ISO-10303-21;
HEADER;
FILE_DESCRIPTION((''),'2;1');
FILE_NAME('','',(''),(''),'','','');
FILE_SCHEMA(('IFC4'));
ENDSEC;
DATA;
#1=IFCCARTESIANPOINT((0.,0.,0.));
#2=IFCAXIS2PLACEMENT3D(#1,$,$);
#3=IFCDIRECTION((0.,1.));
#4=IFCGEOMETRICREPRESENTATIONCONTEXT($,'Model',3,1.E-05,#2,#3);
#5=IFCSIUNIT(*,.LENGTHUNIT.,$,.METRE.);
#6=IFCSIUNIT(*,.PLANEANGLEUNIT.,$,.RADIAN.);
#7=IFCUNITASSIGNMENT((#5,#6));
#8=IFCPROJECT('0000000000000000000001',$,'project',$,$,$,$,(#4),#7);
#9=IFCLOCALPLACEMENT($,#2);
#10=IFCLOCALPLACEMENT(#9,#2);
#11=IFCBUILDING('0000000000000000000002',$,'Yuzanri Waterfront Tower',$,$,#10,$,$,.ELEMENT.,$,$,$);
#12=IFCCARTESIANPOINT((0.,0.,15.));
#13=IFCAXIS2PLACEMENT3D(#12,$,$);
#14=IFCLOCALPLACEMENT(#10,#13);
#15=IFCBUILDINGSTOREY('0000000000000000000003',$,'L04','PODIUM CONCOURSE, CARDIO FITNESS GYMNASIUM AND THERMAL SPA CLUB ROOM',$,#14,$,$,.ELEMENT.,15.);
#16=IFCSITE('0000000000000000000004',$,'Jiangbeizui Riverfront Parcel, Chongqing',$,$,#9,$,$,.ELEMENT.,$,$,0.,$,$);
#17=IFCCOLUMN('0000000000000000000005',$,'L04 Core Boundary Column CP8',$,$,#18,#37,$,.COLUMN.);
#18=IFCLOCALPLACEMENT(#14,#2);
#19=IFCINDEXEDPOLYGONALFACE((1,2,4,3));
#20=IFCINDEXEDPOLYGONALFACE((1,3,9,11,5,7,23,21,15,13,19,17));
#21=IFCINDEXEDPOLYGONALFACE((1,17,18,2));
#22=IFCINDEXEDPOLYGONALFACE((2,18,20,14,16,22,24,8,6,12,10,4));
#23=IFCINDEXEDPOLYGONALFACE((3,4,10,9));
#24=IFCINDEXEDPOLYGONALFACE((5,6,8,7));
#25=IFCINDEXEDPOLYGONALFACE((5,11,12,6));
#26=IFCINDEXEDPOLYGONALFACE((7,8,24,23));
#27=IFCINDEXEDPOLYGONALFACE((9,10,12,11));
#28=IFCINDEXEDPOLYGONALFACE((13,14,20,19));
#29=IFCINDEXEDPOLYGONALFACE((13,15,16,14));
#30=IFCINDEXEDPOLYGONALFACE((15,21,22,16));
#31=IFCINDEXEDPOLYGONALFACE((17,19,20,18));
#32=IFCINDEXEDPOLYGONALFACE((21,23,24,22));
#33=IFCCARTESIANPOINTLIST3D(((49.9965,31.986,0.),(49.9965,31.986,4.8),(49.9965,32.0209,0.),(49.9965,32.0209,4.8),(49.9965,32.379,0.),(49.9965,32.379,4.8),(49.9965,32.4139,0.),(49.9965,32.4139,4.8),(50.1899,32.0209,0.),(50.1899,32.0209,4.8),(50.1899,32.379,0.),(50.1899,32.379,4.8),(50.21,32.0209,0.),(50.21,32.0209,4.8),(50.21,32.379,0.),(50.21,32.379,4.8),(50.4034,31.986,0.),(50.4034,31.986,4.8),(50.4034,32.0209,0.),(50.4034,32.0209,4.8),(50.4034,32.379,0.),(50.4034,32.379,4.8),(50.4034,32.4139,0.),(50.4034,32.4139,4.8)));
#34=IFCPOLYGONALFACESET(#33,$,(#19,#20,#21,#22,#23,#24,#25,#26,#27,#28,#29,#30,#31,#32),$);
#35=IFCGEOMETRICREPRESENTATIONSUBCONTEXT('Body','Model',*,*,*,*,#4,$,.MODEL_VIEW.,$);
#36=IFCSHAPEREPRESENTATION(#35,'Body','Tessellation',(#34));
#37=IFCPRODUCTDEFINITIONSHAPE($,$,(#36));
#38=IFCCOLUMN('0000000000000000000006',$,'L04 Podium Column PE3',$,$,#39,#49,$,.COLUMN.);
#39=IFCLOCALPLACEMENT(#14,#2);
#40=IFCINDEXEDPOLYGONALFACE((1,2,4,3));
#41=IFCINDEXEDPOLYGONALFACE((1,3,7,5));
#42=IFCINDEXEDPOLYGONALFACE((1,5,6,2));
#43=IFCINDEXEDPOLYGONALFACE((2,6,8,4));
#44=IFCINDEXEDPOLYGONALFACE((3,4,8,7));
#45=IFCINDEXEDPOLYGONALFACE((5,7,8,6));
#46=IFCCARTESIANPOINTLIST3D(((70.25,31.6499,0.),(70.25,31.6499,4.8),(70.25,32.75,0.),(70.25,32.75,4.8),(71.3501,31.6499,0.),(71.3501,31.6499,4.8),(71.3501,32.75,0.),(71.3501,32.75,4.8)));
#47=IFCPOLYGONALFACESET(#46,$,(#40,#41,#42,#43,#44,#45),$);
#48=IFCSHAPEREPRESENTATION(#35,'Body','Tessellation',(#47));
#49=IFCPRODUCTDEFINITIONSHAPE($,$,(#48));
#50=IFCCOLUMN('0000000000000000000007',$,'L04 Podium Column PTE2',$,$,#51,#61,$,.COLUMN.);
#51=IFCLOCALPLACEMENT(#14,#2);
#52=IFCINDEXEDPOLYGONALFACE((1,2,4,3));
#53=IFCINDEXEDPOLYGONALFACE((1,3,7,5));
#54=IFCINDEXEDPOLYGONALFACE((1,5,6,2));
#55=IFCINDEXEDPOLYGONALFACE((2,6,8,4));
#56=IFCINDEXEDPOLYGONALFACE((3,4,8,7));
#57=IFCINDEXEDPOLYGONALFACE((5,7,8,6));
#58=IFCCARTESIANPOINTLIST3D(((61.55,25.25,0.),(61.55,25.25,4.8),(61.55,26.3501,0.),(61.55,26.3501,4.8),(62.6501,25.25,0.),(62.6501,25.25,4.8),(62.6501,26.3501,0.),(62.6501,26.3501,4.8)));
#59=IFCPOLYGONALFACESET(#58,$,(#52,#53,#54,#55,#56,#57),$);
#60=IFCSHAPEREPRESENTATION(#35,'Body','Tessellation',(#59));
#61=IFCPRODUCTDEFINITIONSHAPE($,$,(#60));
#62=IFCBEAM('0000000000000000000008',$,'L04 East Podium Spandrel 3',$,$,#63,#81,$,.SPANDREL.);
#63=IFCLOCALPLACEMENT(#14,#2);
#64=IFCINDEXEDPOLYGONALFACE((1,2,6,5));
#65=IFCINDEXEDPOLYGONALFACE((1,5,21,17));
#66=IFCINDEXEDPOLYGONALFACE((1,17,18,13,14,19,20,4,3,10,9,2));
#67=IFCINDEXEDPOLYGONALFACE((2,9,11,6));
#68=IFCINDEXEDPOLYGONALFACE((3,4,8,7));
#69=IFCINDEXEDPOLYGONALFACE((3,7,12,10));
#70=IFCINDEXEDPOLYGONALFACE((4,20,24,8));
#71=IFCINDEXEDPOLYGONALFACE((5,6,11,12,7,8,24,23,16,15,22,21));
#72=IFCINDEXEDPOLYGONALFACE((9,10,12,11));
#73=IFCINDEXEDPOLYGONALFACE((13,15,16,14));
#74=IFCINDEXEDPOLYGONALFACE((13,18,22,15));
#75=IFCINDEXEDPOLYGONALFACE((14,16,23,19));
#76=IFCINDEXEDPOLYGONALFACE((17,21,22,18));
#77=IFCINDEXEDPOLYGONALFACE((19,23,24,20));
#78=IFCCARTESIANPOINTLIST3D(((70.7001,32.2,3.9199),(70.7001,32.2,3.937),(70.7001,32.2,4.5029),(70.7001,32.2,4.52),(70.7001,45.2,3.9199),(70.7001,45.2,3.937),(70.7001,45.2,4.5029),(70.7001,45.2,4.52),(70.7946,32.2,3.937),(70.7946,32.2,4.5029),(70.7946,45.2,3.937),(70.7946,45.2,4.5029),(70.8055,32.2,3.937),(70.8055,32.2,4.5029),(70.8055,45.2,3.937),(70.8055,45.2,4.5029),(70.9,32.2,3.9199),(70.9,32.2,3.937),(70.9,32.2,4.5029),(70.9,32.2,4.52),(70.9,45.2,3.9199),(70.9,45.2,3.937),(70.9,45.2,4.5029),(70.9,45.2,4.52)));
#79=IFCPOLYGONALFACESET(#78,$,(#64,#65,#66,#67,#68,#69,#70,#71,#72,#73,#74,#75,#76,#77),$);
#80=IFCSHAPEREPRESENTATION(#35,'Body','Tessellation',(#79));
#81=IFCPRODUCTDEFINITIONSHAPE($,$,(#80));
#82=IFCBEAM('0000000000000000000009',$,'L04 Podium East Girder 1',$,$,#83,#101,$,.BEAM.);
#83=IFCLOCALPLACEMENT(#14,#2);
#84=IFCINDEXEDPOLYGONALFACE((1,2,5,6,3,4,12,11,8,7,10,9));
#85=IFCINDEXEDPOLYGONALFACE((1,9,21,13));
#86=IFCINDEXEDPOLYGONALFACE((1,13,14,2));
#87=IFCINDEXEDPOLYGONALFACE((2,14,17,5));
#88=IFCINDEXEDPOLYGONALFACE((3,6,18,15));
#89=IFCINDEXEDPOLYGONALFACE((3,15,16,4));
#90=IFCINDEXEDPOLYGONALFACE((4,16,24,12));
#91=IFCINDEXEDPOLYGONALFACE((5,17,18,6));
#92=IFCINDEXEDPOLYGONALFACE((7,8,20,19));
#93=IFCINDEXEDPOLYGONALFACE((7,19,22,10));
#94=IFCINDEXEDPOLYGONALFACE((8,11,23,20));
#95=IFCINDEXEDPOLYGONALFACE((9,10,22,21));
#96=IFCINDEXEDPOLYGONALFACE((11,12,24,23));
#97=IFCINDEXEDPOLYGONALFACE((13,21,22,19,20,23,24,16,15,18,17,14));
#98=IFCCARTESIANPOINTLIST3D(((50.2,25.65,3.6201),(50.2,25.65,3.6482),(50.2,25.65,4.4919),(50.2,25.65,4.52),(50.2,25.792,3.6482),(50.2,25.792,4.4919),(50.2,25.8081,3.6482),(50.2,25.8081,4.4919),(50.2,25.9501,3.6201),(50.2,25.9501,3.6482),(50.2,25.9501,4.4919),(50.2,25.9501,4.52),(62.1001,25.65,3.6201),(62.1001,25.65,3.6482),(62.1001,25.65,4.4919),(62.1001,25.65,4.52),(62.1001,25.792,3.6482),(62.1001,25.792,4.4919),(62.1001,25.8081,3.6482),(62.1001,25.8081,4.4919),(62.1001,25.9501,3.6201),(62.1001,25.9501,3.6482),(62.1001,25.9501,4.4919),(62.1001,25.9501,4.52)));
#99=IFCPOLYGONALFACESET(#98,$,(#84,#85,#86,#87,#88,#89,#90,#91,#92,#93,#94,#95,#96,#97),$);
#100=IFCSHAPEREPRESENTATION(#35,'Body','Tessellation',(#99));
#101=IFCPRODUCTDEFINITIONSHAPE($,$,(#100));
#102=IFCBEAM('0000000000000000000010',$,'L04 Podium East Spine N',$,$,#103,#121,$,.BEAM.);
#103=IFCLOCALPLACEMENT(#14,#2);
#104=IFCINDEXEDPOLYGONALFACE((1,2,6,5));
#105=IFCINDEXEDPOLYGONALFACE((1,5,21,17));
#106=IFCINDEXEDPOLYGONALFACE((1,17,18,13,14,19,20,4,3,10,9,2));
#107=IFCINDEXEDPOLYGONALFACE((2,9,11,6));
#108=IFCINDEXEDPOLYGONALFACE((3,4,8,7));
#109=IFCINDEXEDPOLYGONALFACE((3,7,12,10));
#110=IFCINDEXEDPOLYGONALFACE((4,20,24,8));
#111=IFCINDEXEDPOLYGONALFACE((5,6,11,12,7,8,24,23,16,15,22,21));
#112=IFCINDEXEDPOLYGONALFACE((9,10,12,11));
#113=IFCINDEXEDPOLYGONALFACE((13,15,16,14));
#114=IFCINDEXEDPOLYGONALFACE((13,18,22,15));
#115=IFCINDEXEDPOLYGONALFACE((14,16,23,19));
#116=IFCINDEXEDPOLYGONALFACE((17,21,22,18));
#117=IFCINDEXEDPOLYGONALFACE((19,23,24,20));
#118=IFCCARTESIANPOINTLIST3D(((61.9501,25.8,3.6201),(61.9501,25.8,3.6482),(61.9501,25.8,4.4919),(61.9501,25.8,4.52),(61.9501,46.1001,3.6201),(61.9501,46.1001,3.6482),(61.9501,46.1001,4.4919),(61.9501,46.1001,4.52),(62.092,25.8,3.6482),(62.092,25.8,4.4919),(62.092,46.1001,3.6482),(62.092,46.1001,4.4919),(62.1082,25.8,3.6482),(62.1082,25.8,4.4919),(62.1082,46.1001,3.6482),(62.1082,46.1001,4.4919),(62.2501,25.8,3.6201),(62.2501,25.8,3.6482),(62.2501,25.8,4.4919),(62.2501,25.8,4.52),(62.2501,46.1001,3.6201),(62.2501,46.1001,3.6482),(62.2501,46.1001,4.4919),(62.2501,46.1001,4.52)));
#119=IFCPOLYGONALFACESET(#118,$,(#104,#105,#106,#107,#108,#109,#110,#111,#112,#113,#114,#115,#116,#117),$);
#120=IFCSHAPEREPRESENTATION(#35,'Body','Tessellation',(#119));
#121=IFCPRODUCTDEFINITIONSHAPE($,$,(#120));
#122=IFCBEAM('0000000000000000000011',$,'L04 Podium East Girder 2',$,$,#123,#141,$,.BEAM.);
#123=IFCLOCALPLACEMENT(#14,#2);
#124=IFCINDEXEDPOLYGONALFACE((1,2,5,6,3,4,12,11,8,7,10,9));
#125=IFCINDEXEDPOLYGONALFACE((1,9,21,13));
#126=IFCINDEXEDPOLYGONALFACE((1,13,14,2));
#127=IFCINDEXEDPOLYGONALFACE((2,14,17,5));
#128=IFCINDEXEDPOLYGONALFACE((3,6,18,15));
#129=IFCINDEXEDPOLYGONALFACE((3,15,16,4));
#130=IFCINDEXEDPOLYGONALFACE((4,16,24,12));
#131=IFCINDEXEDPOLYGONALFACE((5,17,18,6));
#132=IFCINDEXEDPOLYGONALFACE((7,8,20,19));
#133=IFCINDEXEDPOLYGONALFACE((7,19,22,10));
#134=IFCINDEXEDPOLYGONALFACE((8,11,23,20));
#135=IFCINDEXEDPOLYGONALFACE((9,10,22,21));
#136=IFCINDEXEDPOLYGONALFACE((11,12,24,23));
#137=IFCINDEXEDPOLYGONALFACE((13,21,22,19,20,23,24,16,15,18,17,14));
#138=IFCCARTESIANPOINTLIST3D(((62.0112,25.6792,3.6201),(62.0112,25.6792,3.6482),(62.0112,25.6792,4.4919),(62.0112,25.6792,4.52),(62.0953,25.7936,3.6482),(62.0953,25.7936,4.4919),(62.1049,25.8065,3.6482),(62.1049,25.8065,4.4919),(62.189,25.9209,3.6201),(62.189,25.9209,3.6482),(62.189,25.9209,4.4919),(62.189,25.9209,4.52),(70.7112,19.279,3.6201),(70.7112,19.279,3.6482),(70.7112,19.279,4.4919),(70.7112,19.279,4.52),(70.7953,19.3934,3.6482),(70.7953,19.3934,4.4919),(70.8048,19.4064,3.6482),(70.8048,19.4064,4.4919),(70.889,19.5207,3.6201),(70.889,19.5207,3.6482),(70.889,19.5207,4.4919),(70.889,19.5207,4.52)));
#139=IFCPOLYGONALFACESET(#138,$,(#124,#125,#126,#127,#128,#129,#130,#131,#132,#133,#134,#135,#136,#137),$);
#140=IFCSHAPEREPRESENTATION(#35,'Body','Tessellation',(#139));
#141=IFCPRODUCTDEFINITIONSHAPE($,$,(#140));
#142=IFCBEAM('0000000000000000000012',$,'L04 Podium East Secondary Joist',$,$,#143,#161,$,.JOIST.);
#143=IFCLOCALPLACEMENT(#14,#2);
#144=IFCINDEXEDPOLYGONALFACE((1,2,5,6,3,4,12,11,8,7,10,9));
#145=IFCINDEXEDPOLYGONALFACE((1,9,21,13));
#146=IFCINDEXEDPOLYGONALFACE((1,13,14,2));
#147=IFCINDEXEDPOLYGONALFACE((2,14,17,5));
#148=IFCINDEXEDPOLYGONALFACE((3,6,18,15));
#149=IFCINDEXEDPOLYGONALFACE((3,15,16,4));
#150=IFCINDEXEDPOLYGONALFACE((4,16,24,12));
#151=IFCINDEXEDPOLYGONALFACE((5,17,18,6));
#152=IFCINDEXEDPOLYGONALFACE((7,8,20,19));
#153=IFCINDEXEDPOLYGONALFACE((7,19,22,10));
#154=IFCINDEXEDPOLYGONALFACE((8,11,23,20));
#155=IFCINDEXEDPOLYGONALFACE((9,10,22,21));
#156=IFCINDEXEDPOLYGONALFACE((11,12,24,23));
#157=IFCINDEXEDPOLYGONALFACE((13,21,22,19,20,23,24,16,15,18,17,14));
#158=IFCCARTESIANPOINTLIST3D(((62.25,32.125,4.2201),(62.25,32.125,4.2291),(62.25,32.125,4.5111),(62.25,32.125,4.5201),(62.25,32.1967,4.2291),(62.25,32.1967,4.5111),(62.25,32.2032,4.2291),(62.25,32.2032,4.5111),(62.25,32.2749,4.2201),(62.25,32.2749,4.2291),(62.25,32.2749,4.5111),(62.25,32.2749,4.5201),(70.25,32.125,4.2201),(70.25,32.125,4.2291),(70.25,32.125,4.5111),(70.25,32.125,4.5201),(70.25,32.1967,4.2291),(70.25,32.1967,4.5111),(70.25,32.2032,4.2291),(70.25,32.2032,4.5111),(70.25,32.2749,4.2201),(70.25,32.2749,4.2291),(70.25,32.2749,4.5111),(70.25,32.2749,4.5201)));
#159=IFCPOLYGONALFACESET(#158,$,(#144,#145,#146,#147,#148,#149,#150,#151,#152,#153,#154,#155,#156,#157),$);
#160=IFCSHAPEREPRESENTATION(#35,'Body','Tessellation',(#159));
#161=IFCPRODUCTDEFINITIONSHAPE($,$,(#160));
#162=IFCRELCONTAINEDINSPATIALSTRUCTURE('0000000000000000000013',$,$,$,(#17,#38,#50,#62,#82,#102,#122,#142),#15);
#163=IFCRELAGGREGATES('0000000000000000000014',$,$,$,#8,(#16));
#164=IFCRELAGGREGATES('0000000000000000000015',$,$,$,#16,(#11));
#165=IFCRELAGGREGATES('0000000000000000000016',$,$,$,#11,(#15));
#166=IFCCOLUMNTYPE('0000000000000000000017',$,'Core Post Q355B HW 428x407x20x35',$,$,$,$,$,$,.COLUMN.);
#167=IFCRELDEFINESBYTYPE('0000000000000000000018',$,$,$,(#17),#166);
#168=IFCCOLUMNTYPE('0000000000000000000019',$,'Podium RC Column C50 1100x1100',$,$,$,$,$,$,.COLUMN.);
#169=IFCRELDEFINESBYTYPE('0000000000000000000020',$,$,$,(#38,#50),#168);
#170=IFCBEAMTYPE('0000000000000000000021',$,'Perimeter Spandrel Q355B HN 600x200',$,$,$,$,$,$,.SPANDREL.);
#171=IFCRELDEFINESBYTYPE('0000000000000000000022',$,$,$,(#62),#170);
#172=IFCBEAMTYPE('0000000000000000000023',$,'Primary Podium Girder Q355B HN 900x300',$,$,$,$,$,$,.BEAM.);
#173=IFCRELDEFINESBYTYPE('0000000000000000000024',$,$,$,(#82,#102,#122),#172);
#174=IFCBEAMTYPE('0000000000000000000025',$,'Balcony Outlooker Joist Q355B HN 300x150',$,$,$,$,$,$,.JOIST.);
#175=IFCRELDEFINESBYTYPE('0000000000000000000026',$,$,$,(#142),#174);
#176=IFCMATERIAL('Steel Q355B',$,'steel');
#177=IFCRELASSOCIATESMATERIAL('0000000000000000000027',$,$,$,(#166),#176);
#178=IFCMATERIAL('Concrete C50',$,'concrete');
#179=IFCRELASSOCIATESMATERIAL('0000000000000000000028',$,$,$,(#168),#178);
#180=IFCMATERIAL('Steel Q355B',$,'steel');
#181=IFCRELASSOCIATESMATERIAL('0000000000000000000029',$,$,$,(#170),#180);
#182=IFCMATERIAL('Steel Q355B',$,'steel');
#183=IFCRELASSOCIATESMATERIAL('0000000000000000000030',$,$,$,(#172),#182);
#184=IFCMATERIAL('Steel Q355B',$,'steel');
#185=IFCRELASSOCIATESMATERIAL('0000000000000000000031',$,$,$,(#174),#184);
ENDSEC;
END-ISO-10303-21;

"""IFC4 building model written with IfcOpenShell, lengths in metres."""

from ifc_helpers import new_model, si_unit, direction, frame, origin, origin_2d, place, context, subcontext, project, spatial, rectangle, i_section, extrude, source, transform, mapped, material, material_profile, profile_set, type_object, element, save


model = new_model("IFC4")

# Units and contexts
model_context = context("Model", 3, precision=1e-05, world=origin(), true_north=direction((0.0, 1.0)))
body_context = subcontext(model_context, "Body", "Model", "MODEL_VIEW")
ifc_project = project(units=[si_unit("LENGTHUNIT", "METRE"), si_unit("PLANEANGLEUNIT", "RADIAN")], contexts=[model_context])

# Site, building, storey
site_placement = place(None, origin())
site = spatial("IfcSite", under=ifc_project, at=site_placement, Name="Jiangbeizui Riverfront Parcel, Chongqing", CompositionType="ELEMENT", RefElevation=0.0)
building_placement = place(site_placement, origin())
building = spatial("IfcBuilding", under=site, at=building_placement, Name="Yuzanri Waterfront Tower", CompositionType="ELEMENT")
storey_placement = place(building_placement, frame((0.0, 0.0, 15.0)))
storey = spatial("IfcBuildingStorey", under=building, at=storey_placement, Name="L04", Description="PODIUM CONCOURSE, CARDIO FITNESS GYMNASIUM AND THERMAL SPA CLUB ROOM", CompositionType="ELEMENT", Elevation=15.0)

# Columns
ifc_material_1 = material(Name="Steel Q355B", Category="steel")
ifc_material_profile_1 = material_profile(ifc_material_1, i_section(OverallWidth=0.407, OverallDepth=0.428, WebThickness=0.02, FlangeThickness=0.0349, at=origin_2d()), Name="HW 428x407x20x35")
ifc_profile_set_1 = profile_set([ifc_material_profile_1], Name="Steel Q355B")
column_type_1 = type_object("IfcColumnType", Name="Core Post Q355B HW 428x407x20x35", PredefinedType="COLUMN", material=ifc_profile_set_1)
shared_shape_1 = source(origin(), body_context, "Body", "SweptSolid", [
    extrude(i_section(OverallWidth=0.407, OverallDepth=0.428, WebThickness=0.02, FlangeThickness=0.0349, at=origin_2d()), origin(), (0.0, 0.0, 1.0), 4.8),
])
column_placement = place(storey_placement, frame((50.2, 32.2, 0.0), z_axis=(0.0, 0.0, 1.0), x_axis=(1.0, 0.0, 0.0)))
element("IfcColumn", 1, at=column_placement, inside=storey, type_object=column_type_1, Name="L04 Core Boundary Column CP8", PredefinedType="COLUMN", context=body_context, shape_type="MappedRepresentation", body=[
    mapped(shared_shape_1, transform((0.0, 0.0, 0.0), scale=1.0)),
])
ifc_material_2 = material(Name="Concrete C50", Category="concrete")
ifc_material_profile_2 = material_profile(ifc_material_2, rectangle(XDim=1.1001, YDim=1.1001, at=origin_2d()), Name="RC 1100x1100")
ifc_profile_set_2 = profile_set([ifc_material_profile_2], Name="Concrete C50")
column_type_2 = type_object("IfcColumnType", Name="Podium RC Column C50 1100x1100", PredefinedType="COLUMN", material=ifc_profile_set_2)
shared_shape_2 = source(origin(), body_context, "Body", "SweptSolid", [
    extrude(rectangle(XDim=1.1001, YDim=1.1001, at=origin_2d()), origin(), (0.0, 0.0, 1.0), 4.8),
])
for number, where, z_axis, x_axis, name in (
    (2, (70.8, 32.2, 0.0), (0.0, 0.0, 1.0), (1.0, 0.0, 0.0), "L04 Podium Column PE3"),
    (3, (62.1001, 25.8, 0.0), (0.0, 0.0, 1.0), (1.0, 0.0, 0.0), "L04 Podium Column PTE2"),
):
    element("IfcColumn", number, at=place(storey_placement, frame(where, z_axis=z_axis, x_axis=x_axis)), inside=storey, type_object=column_type_2, Name=name, PredefinedType="COLUMN", context=body_context, shape_type="MappedRepresentation", body=[
        mapped(shared_shape_2, transform((0.0, 0.0, 0.0), scale=1.0)),
    ])

# Beams
ifc_material_3 = material(Name="Steel Q355B", Category="steel")
ifc_material_profile_3 = material_profile(ifc_material_3, i_section(OverallWidth=0.2, OverallDepth=0.6001, WebThickness=0.011, FlangeThickness=0.0171, at=origin_2d()), Name="HN 600x200x11x17")
ifc_profile_set_3 = profile_set([ifc_material_profile_3], Name="Steel Q355B")
beam_type_1 = type_object("IfcBeamType", Name="Perimeter Spandrel Q355B HN 600x200", PredefinedType="SPANDREL", material=ifc_profile_set_3)
shared_shape_3 = source(origin(), body_context, "Body", "SweptSolid", [
    extrude(i_section(OverallWidth=0.2, OverallDepth=0.6001, WebThickness=0.011, FlangeThickness=0.0171, at=origin_2d()), origin(), (0.0, 0.0, 1.0), 13.0),
])
beam_1_placement = place(storey_placement, frame((70.8, 32.2, 4.22), z_axis=(0.0, 1.0, 0.0), x_axis=(-1.0, 0.0, 0.0)))
element("IfcBeam", 4, at=beam_1_placement, inside=storey, type_object=beam_type_1, Name="L04 East Podium Spandrel 3", PredefinedType="SPANDREL", context=body_context, shape_type="MappedRepresentation", body=[
    mapped(shared_shape_3, transform((0.0, 0.0, 0.0), scale=1.0)),
])
ifc_material_4 = material(Name="Steel Q355B", Category="steel")
ifc_material_profile_4 = material_profile(ifc_material_4, i_section(OverallWidth=0.3, OverallDepth=0.8999, WebThickness=0.0161, FlangeThickness=0.0281, at=origin_2d()), Name="HN 900x300x16x28")
ifc_profile_set_4 = profile_set([ifc_material_profile_4], Name="Steel Q355B")
beam_type_2 = type_object("IfcBeamType", Name="Primary Podium Girder Q355B HN 900x300", PredefinedType="BEAM", material=ifc_profile_set_4)
shared_shape_4 = source(origin(), body_context, "Body", "SweptSolid", [
    extrude(i_section(OverallWidth=0.3, OverallDepth=0.8999, WebThickness=0.0161, FlangeThickness=0.0281, at=origin_2d()), origin(), (0.0, 0.0, 1.0), 11.9001),
])
beam_2_placement = place(storey_placement, frame((50.2, 25.8, 4.0701), z_axis=(1.0, 0.0, 0.0), x_axis=(0.0, 1.0, 0.0)))
element("IfcBeam", 5, at=beam_2_placement, inside=storey, type_object=beam_type_2, Name="L04 Podium East Girder 1", PredefinedType="BEAM", context=body_context, shape_type="MappedRepresentation", body=[
    mapped(shared_shape_4, transform((0.0, 0.0, 0.0), scale=1.0)),
])
shared_shape_5 = source(origin(), body_context, "Body", "SweptSolid", [
    extrude(i_section(OverallWidth=0.3, OverallDepth=0.8999, WebThickness=0.0161, FlangeThickness=0.0281, at=origin_2d()), origin(), (0.0, 0.0, 1.0), 20.3),
])
beam_3_placement = place(storey_placement, frame((62.1001, 25.8, 4.0701), z_axis=(0.0, 1.0, 0.0), x_axis=(-1.0, 0.0, 0.0)))
element("IfcBeam", 6, at=beam_3_placement, inside=storey, type_object=beam_type_2, Name="L04 Podium East Spine N", PredefinedType="BEAM", context=body_context, shape_type="MappedRepresentation", body=[
    mapped(shared_shape_5, transform((0.0, 0.0, 0.0), scale=1.0)),
])
shared_shape_6 = source(origin(), body_context, "Body", "SweptSolid", [
    extrude(i_section(OverallWidth=0.3, OverallDepth=0.8999, WebThickness=0.0161, FlangeThickness=0.0281, at=origin_2d()), origin(), (0.0, 0.0, 1.0), 10.8005),
])
beam_4_placement = place(storey_placement, frame((62.1001, 25.8, 4.0701), z_axis=(0.805513, -0.592578, 0.0), x_axis=(0.592578, 0.805513, 0.0)))
element("IfcBeam", 7, at=beam_4_placement, inside=storey, type_object=beam_type_2, Name="L04 Podium East Girder 2", PredefinedType="BEAM", context=body_context, shape_type="MappedRepresentation", body=[
    mapped(shared_shape_6, transform((0.0, 0.0, 0.0), scale=1.0)),
])
ifc_material_5 = material(Name="Steel Q355B", Category="steel")
ifc_material_profile_5 = material_profile(ifc_material_5, i_section(OverallWidth=0.1499, OverallDepth=0.3, WebThickness=0.0066, FlangeThickness=0.009, at=origin_2d()), Name="HN 300x150x6.5x9")
ifc_profile_set_5 = profile_set([ifc_material_profile_5], Name="Steel Q355B")
beam_type_3 = type_object("IfcBeamType", Name="Balcony Outlooker Joist Q355B HN 300x150", PredefinedType="JOIST", material=ifc_profile_set_5)
shared_shape_7 = source(origin(), body_context, "Body", "SweptSolid", [
    extrude(i_section(OverallWidth=0.1499, OverallDepth=0.3, WebThickness=0.0066, FlangeThickness=0.009, at=origin_2d()), origin(), (0.0, 0.0, 1.0), 8.0),
])
beam_5_placement = place(storey_placement, frame((62.25, 32.2, 4.3701), z_axis=(1.0, 0.0, 0.0), x_axis=(0.0, 1.0, 0.0)))
element("IfcBeam", 8, at=beam_5_placement, inside=storey, type_object=beam_type_3, Name="L04 Podium East Secondary Joist", PredefinedType="JOIST", context=body_context, shape_type="MappedRepresentation", body=[
    mapped(shared_shape_7, transform((0.0, 0.0, 0.0), scale=1.0)),
])

save(model, "model.ifc")
